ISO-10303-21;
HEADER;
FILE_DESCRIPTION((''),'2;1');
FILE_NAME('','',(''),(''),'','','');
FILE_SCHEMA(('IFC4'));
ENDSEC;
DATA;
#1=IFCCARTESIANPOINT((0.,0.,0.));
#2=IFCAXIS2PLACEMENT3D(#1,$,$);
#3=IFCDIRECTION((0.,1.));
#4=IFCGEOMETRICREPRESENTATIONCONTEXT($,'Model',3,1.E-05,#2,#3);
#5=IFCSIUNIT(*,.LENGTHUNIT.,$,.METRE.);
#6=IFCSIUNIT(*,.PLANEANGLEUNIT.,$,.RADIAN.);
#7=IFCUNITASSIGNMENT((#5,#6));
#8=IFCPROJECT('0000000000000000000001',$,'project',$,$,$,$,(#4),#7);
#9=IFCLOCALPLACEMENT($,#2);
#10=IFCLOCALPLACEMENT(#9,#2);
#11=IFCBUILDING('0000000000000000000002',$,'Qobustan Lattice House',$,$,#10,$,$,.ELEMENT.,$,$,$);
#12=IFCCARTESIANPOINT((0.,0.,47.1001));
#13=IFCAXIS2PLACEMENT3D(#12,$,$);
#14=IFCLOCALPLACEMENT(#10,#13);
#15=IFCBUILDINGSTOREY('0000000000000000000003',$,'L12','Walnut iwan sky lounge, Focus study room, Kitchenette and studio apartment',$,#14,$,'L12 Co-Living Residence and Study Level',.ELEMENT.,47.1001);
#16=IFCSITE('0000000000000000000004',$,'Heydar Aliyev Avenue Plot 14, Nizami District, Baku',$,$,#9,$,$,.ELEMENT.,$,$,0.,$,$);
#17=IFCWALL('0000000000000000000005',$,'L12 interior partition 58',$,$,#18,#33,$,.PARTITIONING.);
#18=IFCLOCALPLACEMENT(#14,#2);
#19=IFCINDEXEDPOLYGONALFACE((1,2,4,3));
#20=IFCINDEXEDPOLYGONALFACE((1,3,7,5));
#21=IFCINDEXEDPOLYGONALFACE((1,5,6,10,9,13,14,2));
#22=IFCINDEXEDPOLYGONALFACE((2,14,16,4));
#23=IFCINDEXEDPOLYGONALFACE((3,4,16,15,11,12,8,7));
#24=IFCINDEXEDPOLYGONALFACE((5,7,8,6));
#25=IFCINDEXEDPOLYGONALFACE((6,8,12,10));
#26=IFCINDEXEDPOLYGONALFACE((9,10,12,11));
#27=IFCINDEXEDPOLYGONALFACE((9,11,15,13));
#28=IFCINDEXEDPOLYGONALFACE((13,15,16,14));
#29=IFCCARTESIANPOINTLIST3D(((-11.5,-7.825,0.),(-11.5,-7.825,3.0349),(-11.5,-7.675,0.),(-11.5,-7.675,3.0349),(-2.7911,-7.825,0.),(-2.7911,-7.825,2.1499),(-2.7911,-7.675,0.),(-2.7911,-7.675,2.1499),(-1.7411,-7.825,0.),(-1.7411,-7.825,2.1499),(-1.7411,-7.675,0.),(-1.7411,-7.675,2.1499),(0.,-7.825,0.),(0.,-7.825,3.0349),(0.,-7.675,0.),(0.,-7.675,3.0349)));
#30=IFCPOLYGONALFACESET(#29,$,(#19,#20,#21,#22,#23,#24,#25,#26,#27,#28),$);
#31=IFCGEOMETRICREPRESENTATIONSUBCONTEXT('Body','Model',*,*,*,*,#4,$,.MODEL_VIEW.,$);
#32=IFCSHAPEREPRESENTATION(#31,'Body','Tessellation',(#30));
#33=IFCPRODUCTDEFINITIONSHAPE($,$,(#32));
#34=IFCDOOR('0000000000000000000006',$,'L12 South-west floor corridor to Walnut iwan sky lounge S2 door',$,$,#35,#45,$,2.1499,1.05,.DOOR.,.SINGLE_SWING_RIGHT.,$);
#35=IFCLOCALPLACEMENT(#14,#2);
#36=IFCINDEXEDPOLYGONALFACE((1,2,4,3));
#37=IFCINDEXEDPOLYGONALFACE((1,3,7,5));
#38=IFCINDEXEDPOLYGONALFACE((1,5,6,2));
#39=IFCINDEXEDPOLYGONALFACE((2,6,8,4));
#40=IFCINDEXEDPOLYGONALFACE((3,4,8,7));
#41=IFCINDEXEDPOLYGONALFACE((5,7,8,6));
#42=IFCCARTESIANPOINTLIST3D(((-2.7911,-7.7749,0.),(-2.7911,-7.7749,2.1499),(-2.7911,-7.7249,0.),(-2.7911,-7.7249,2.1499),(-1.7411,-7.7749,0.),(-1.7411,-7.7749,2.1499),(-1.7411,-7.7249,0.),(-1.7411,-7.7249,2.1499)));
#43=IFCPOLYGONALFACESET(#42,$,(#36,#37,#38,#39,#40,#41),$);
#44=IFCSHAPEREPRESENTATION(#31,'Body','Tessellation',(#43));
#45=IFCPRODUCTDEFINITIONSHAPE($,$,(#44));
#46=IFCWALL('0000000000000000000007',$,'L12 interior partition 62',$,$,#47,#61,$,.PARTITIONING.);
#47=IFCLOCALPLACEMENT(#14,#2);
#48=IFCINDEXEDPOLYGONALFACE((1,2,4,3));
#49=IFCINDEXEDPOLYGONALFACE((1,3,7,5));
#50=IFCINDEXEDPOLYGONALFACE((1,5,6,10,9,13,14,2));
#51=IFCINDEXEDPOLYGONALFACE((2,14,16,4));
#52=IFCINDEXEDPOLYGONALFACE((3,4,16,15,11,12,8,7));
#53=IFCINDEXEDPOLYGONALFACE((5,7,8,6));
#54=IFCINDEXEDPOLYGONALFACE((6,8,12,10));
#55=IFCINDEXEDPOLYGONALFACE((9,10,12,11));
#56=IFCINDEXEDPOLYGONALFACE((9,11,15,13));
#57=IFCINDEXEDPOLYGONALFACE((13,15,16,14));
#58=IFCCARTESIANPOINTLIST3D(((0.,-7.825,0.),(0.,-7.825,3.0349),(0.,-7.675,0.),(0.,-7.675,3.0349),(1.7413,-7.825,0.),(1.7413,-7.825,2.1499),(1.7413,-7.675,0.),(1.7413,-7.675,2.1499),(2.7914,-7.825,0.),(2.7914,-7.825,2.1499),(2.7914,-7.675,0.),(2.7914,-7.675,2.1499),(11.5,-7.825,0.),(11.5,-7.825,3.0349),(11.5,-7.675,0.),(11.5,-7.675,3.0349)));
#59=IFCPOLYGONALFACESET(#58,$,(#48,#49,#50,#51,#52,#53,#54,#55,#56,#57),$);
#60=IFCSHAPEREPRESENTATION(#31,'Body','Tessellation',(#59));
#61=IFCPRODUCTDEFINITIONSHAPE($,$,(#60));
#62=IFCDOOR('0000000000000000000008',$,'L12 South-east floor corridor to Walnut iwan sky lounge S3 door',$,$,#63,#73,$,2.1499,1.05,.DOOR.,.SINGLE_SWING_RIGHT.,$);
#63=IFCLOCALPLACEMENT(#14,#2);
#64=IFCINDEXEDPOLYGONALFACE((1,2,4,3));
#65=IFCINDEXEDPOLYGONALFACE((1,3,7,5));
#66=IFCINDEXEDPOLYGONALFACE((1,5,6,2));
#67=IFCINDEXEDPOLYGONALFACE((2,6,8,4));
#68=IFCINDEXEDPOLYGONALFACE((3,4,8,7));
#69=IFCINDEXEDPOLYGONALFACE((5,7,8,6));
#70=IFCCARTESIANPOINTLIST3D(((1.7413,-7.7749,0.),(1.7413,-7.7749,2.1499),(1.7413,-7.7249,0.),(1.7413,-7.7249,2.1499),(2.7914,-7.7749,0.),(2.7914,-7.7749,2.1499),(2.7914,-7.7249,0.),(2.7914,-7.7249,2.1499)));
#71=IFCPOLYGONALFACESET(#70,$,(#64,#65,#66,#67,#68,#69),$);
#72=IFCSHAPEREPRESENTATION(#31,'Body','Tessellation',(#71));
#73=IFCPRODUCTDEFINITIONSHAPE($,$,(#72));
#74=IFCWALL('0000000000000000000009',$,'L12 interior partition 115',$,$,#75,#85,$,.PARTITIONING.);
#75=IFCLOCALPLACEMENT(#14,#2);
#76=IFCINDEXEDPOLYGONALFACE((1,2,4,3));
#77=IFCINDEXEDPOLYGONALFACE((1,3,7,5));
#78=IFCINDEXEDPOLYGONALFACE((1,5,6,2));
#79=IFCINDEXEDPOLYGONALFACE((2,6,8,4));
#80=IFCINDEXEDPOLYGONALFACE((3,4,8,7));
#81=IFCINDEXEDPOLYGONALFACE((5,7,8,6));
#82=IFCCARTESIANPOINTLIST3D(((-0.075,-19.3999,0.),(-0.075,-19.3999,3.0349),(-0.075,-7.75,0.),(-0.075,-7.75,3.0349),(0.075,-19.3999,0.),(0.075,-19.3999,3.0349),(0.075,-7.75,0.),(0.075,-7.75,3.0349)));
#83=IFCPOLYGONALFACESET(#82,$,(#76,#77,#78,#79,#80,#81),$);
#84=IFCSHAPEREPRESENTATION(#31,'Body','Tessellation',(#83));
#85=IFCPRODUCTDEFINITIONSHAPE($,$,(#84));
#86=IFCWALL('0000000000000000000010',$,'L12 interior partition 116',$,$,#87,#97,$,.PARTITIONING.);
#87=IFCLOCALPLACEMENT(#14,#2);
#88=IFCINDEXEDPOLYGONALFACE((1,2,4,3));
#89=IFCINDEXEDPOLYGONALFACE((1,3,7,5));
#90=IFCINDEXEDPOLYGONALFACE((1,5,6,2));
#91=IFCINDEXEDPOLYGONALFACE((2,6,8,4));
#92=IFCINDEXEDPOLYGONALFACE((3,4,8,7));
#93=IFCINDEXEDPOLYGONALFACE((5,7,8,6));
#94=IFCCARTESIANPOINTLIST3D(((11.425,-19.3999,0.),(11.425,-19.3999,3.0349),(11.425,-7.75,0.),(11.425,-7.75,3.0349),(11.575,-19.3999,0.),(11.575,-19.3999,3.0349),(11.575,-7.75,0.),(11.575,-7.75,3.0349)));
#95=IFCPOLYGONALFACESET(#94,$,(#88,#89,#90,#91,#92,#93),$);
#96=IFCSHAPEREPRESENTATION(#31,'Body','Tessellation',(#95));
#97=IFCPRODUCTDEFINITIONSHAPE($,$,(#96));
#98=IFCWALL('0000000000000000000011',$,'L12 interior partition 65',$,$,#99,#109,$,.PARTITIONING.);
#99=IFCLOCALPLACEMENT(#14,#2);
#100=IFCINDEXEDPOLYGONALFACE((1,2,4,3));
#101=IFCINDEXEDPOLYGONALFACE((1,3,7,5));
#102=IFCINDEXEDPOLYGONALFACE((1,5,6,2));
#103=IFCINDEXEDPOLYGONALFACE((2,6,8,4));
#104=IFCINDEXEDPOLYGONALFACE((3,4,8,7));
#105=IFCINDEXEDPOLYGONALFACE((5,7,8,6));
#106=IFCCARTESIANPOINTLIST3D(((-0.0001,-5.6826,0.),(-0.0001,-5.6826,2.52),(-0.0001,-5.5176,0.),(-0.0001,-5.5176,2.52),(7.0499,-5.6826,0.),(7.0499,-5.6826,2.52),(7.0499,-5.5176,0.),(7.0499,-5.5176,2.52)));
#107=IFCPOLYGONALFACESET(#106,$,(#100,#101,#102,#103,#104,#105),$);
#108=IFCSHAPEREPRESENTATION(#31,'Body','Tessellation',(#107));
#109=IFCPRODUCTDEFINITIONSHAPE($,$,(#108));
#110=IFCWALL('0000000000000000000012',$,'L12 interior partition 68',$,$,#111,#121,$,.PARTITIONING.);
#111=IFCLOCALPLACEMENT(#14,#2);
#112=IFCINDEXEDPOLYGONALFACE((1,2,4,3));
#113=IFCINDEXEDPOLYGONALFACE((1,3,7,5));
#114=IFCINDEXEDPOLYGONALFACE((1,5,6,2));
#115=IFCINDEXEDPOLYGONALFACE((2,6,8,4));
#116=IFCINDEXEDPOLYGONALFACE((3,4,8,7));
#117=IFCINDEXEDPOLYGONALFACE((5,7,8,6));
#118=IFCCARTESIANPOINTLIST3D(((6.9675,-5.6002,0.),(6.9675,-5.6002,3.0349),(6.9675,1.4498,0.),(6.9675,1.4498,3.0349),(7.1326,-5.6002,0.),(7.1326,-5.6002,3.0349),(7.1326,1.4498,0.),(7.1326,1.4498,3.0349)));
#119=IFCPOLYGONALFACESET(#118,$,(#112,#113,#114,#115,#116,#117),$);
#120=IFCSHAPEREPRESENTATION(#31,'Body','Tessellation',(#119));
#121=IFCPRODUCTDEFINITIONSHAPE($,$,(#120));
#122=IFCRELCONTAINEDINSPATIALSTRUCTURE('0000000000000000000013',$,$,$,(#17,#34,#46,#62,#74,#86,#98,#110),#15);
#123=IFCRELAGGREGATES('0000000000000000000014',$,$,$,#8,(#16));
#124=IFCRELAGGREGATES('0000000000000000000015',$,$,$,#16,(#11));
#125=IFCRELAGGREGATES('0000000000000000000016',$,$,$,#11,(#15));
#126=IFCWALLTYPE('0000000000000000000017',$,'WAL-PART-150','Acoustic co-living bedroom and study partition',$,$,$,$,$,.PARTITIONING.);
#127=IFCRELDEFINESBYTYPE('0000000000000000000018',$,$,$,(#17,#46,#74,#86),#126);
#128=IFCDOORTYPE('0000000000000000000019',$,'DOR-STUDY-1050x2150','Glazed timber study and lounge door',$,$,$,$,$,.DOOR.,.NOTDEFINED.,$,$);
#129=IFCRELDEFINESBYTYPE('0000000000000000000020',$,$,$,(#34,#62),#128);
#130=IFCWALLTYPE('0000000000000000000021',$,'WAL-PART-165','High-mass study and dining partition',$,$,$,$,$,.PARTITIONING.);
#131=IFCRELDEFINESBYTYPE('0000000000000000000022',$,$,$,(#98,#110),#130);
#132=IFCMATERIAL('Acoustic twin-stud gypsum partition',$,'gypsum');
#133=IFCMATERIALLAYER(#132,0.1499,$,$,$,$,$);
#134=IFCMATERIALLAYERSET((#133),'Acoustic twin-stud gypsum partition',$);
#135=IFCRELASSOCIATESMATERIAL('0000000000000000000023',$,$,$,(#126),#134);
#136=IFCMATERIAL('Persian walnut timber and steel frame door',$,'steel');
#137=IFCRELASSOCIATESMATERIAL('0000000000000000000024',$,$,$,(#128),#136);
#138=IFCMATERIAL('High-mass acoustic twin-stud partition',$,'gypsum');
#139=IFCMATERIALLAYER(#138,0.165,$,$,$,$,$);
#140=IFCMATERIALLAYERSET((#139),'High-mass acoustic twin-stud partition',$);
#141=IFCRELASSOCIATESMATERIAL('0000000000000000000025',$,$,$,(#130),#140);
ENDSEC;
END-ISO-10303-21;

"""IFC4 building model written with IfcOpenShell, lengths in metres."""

from ifc_helpers import new_model, si_unit, direction, frame, frame_2d, origin, place, context, subcontext, project, spatial, rectangle, extrude, material, layer, layer_set, type_object, element, fill, save


model = new_model("IFC4")

# Units and contexts
model_context = context("Model", 3, precision=1e-05, world=origin(), true_north=direction((0.0, 1.0)))
body_context = subcontext(model_context, "Body", "Model", "MODEL_VIEW")
ifc_project = project(units=[si_unit("LENGTHUNIT", "METRE"), si_unit("PLANEANGLEUNIT", "RADIAN")], contexts=[model_context])

# Site, building, storey
site_placement = place(None, origin())
site = spatial("IfcSite", under=ifc_project, at=site_placement, Name="Heydar Aliyev Avenue Plot 14, Nizami District, Baku", CompositionType="ELEMENT", RefElevation=0.0)
building_placement = place(site_placement, origin())
building = spatial("IfcBuilding", under=site, at=building_placement, Name="Qobustan Lattice House", CompositionType="ELEMENT")
storey_placement = place(building_placement, frame((0.0, 0.0, 47.1001)))
storey = spatial("IfcBuildingStorey", under=building, at=storey_placement, Name="L12", Description="Walnut iwan sky lounge, Focus study room, Kitchenette and studio apartment", LongName="L12 Co-Living Residence and Study Level", CompositionType="ELEMENT", Elevation=47.1001)

# Walls, openings, doors
ifc_material_1 = material(Name="Acoustic twin-stud gypsum partition", Category="gypsum")
ifc_layer_1 = layer(ifc_material_1, 0.1499)
ifc_layer_set_1 = layer_set([ifc_layer_1], Name="Acoustic twin-stud gypsum partition")
wall_type_1 = type_object("IfcWallType", Name="WAL-PART-150", Description="Acoustic co-living bedroom and study partition", PredefinedType="PARTITIONING", material=ifc_layer_set_1)
wall_1_placement = place(storey_placement, frame((0.0, -7.75, 0.0), z_axis=(0.0, 0.0, 1.0), x_axis=(-1.0, 0.0, 0.0)))
wall_1 = element("IfcWall", 1, at=wall_1_placement, inside=storey, type_object=wall_type_1, Name="L12 interior partition 58", PredefinedType="PARTITIONING", context=body_context, shape_type="SweptSolid", body=[
    extrude(rectangle(XDim=11.5, YDim=0.1499, at=frame_2d((5.75, 0.0))), origin(), (0.0, 0.0, 1.0), 3.0349),
])
opening_1_placement = place(wall_1_placement, frame((1.7412, 0.0, 0.0)))
opening_1 = element("IfcOpeningElement", 2, at=opening_1_placement, cuts=wall_1, PredefinedType="OPENING", context=body_context, shape_type="SweptSolid", body=[
    extrude(rectangle(XDim=1.05, YDim=2.1499, at=frame_2d((0.5249, 1.075))), frame((0.0, 0.085, 0.0), z_axis=(0.0, -1.0, 0.0), x_axis=(1.0, 0.0, 0.0)), (0.0, 0.0, 1.0), 0.1699),
])
ifc_material_2 = material(Name="Persian walnut timber and steel frame door", Category="steel")
door_type = type_object("IfcDoorType", Name="DOR-STUDY-1050x2150", Description="Glazed timber study and lounge door", OperationType="NOTDEFINED", PredefinedType="DOOR", material=ifc_material_2)
door_1_placement = place(opening_1_placement, origin())
door_1 = element("IfcDoor", 3, at=door_1_placement, inside=storey, type_object=door_type, Name="L12 South-west floor corridor to Walnut iwan sky lounge S2 door", OperationType="SINGLE_SWING_RIGHT", OverallHeight=2.1499, OverallWidth=1.05, PredefinedType="DOOR", context=body_context, shape_type="SweptSolid", body=[
    extrude(rectangle(XDim=1.05, YDim=2.1499, at=frame_2d((0.5249, 1.075))), frame((0.0, 0.0249, 0.0), z_axis=(0.0, -1.0, 0.0), x_axis=(1.0, 0.0, 0.0)), (0.0, 0.0, 1.0), 0.05),
])
fill(opening_1, door_1)
wall_2_placement = place(storey_placement, frame((11.5, -7.75, 0.0), z_axis=(0.0, 0.0, 1.0), x_axis=(-1.0, 0.0, 0.0)))
wall_2 = element("IfcWall", 4, at=wall_2_placement, inside=storey, type_object=wall_type_1, Name="L12 interior partition 62", PredefinedType="PARTITIONING", context=body_context, shape_type="SweptSolid", body=[
    extrude(rectangle(XDim=11.5, YDim=0.1499, at=frame_2d((5.75, 0.0))), origin(), (0.0, 0.0, 1.0), 3.0349),
])
opening_2_placement = place(wall_2_placement, frame((8.7087, 0.0, 0.0)))
opening_2 = element("IfcOpeningElement", 5, at=opening_2_placement, cuts=wall_2, PredefinedType="OPENING", context=body_context, shape_type="SweptSolid", body=[
    extrude(rectangle(XDim=1.05, YDim=2.1499, at=frame_2d((0.5249, 1.075))), frame((0.0, 0.085, 0.0), z_axis=(0.0, -1.0, 0.0), x_axis=(1.0, 0.0, 0.0)), (0.0, 0.0, 1.0), 0.1699),
])
door_2_placement = place(opening_2_placement, origin())
door_2 = element("IfcDoor", 6, at=door_2_placement, inside=storey, type_object=door_type, Name="L12 South-east floor corridor to Walnut iwan sky lounge S3 door", OperationType="SINGLE_SWING_RIGHT", OverallHeight=2.1499, OverallWidth=1.05, PredefinedType="DOOR", context=body_context, shape_type="SweptSolid", body=[
    extrude(rectangle(XDim=1.05, YDim=2.1499, at=frame_2d((0.5249, 1.075))), frame((0.0, 0.0249, 0.0), z_axis=(0.0, -1.0, 0.0), x_axis=(1.0, 0.0, 0.0)), (0.0, 0.0, 1.0), 0.05),
])
fill(opening_2, door_2)

# Walls
for number, where, z_axis, x_axis, name in (
    (7, (0.0, -7.75, 0.0), (0.0, 0.0, 1.0), (0.0, -1.0, 0.0), "L12 interior partition 115"),
    (8, (11.5, -7.75, 0.0), (0.0, 0.0, 1.0), (0.0, -1.0, 0.0), "L12 interior partition 116"),
):
    element("IfcWall", number, at=place(storey_placement, frame(where, z_axis=z_axis, x_axis=x_axis)), inside=storey, type_object=wall_type_1, Name=name, PredefinedType="PARTITIONING", context=body_context, shape_type="SweptSolid", body=[
        extrude(rectangle(XDim=11.6499, YDim=0.1499, at=frame_2d((5.825, 0.0))), origin(), (0.0, 0.0, 1.0), 3.0349),
    ])
ifc_material_3 = material(Name="High-mass acoustic twin-stud partition", Category="gypsum")
ifc_layer_2 = layer(ifc_material_3, 0.165)
ifc_layer_set_2 = layer_set([ifc_layer_2], Name="High-mass acoustic twin-stud partition")
wall_type_2 = type_object("IfcWallType", Name="WAL-PART-165", Description="High-mass study and dining partition", PredefinedType="PARTITIONING", material=ifc_layer_set_2)
wall_3_placement = place(storey_placement, frame((0.0, -5.6001, 0.0), z_axis=(0.0, 0.0, 1.0), x_axis=(1.0, 0.0, 0.0)))
element("IfcWall", 9, at=wall_3_placement, inside=storey, type_object=wall_type_2, Name="L12 interior partition 65", PredefinedType="PARTITIONING", context=body_context, shape_type="SweptSolid", body=[
    extrude(rectangle(XDim=7.05, YDim=0.165, at=frame_2d((3.5249, 0.0))), origin(), (0.0, 0.0, 1.0), 2.52),
])
wall_4_placement = place(storey_placement, frame((7.05, -5.6001, 0.0), z_axis=(0.0, 0.0, 1.0), x_axis=(0.0, 1.0, 0.0)))
element("IfcWall", 10, at=wall_4_placement, inside=storey, type_object=wall_type_2, Name="L12 interior partition 68", PredefinedType="PARTITIONING", context=body_context, shape_type="SweptSolid", body=[
    extrude(rectangle(XDim=7.05, YDim=0.165, at=frame_2d((3.5249, 0.0))), origin(), (0.0, 0.0, 1.0), 3.0349),
])

save(model, "model.ifc")
